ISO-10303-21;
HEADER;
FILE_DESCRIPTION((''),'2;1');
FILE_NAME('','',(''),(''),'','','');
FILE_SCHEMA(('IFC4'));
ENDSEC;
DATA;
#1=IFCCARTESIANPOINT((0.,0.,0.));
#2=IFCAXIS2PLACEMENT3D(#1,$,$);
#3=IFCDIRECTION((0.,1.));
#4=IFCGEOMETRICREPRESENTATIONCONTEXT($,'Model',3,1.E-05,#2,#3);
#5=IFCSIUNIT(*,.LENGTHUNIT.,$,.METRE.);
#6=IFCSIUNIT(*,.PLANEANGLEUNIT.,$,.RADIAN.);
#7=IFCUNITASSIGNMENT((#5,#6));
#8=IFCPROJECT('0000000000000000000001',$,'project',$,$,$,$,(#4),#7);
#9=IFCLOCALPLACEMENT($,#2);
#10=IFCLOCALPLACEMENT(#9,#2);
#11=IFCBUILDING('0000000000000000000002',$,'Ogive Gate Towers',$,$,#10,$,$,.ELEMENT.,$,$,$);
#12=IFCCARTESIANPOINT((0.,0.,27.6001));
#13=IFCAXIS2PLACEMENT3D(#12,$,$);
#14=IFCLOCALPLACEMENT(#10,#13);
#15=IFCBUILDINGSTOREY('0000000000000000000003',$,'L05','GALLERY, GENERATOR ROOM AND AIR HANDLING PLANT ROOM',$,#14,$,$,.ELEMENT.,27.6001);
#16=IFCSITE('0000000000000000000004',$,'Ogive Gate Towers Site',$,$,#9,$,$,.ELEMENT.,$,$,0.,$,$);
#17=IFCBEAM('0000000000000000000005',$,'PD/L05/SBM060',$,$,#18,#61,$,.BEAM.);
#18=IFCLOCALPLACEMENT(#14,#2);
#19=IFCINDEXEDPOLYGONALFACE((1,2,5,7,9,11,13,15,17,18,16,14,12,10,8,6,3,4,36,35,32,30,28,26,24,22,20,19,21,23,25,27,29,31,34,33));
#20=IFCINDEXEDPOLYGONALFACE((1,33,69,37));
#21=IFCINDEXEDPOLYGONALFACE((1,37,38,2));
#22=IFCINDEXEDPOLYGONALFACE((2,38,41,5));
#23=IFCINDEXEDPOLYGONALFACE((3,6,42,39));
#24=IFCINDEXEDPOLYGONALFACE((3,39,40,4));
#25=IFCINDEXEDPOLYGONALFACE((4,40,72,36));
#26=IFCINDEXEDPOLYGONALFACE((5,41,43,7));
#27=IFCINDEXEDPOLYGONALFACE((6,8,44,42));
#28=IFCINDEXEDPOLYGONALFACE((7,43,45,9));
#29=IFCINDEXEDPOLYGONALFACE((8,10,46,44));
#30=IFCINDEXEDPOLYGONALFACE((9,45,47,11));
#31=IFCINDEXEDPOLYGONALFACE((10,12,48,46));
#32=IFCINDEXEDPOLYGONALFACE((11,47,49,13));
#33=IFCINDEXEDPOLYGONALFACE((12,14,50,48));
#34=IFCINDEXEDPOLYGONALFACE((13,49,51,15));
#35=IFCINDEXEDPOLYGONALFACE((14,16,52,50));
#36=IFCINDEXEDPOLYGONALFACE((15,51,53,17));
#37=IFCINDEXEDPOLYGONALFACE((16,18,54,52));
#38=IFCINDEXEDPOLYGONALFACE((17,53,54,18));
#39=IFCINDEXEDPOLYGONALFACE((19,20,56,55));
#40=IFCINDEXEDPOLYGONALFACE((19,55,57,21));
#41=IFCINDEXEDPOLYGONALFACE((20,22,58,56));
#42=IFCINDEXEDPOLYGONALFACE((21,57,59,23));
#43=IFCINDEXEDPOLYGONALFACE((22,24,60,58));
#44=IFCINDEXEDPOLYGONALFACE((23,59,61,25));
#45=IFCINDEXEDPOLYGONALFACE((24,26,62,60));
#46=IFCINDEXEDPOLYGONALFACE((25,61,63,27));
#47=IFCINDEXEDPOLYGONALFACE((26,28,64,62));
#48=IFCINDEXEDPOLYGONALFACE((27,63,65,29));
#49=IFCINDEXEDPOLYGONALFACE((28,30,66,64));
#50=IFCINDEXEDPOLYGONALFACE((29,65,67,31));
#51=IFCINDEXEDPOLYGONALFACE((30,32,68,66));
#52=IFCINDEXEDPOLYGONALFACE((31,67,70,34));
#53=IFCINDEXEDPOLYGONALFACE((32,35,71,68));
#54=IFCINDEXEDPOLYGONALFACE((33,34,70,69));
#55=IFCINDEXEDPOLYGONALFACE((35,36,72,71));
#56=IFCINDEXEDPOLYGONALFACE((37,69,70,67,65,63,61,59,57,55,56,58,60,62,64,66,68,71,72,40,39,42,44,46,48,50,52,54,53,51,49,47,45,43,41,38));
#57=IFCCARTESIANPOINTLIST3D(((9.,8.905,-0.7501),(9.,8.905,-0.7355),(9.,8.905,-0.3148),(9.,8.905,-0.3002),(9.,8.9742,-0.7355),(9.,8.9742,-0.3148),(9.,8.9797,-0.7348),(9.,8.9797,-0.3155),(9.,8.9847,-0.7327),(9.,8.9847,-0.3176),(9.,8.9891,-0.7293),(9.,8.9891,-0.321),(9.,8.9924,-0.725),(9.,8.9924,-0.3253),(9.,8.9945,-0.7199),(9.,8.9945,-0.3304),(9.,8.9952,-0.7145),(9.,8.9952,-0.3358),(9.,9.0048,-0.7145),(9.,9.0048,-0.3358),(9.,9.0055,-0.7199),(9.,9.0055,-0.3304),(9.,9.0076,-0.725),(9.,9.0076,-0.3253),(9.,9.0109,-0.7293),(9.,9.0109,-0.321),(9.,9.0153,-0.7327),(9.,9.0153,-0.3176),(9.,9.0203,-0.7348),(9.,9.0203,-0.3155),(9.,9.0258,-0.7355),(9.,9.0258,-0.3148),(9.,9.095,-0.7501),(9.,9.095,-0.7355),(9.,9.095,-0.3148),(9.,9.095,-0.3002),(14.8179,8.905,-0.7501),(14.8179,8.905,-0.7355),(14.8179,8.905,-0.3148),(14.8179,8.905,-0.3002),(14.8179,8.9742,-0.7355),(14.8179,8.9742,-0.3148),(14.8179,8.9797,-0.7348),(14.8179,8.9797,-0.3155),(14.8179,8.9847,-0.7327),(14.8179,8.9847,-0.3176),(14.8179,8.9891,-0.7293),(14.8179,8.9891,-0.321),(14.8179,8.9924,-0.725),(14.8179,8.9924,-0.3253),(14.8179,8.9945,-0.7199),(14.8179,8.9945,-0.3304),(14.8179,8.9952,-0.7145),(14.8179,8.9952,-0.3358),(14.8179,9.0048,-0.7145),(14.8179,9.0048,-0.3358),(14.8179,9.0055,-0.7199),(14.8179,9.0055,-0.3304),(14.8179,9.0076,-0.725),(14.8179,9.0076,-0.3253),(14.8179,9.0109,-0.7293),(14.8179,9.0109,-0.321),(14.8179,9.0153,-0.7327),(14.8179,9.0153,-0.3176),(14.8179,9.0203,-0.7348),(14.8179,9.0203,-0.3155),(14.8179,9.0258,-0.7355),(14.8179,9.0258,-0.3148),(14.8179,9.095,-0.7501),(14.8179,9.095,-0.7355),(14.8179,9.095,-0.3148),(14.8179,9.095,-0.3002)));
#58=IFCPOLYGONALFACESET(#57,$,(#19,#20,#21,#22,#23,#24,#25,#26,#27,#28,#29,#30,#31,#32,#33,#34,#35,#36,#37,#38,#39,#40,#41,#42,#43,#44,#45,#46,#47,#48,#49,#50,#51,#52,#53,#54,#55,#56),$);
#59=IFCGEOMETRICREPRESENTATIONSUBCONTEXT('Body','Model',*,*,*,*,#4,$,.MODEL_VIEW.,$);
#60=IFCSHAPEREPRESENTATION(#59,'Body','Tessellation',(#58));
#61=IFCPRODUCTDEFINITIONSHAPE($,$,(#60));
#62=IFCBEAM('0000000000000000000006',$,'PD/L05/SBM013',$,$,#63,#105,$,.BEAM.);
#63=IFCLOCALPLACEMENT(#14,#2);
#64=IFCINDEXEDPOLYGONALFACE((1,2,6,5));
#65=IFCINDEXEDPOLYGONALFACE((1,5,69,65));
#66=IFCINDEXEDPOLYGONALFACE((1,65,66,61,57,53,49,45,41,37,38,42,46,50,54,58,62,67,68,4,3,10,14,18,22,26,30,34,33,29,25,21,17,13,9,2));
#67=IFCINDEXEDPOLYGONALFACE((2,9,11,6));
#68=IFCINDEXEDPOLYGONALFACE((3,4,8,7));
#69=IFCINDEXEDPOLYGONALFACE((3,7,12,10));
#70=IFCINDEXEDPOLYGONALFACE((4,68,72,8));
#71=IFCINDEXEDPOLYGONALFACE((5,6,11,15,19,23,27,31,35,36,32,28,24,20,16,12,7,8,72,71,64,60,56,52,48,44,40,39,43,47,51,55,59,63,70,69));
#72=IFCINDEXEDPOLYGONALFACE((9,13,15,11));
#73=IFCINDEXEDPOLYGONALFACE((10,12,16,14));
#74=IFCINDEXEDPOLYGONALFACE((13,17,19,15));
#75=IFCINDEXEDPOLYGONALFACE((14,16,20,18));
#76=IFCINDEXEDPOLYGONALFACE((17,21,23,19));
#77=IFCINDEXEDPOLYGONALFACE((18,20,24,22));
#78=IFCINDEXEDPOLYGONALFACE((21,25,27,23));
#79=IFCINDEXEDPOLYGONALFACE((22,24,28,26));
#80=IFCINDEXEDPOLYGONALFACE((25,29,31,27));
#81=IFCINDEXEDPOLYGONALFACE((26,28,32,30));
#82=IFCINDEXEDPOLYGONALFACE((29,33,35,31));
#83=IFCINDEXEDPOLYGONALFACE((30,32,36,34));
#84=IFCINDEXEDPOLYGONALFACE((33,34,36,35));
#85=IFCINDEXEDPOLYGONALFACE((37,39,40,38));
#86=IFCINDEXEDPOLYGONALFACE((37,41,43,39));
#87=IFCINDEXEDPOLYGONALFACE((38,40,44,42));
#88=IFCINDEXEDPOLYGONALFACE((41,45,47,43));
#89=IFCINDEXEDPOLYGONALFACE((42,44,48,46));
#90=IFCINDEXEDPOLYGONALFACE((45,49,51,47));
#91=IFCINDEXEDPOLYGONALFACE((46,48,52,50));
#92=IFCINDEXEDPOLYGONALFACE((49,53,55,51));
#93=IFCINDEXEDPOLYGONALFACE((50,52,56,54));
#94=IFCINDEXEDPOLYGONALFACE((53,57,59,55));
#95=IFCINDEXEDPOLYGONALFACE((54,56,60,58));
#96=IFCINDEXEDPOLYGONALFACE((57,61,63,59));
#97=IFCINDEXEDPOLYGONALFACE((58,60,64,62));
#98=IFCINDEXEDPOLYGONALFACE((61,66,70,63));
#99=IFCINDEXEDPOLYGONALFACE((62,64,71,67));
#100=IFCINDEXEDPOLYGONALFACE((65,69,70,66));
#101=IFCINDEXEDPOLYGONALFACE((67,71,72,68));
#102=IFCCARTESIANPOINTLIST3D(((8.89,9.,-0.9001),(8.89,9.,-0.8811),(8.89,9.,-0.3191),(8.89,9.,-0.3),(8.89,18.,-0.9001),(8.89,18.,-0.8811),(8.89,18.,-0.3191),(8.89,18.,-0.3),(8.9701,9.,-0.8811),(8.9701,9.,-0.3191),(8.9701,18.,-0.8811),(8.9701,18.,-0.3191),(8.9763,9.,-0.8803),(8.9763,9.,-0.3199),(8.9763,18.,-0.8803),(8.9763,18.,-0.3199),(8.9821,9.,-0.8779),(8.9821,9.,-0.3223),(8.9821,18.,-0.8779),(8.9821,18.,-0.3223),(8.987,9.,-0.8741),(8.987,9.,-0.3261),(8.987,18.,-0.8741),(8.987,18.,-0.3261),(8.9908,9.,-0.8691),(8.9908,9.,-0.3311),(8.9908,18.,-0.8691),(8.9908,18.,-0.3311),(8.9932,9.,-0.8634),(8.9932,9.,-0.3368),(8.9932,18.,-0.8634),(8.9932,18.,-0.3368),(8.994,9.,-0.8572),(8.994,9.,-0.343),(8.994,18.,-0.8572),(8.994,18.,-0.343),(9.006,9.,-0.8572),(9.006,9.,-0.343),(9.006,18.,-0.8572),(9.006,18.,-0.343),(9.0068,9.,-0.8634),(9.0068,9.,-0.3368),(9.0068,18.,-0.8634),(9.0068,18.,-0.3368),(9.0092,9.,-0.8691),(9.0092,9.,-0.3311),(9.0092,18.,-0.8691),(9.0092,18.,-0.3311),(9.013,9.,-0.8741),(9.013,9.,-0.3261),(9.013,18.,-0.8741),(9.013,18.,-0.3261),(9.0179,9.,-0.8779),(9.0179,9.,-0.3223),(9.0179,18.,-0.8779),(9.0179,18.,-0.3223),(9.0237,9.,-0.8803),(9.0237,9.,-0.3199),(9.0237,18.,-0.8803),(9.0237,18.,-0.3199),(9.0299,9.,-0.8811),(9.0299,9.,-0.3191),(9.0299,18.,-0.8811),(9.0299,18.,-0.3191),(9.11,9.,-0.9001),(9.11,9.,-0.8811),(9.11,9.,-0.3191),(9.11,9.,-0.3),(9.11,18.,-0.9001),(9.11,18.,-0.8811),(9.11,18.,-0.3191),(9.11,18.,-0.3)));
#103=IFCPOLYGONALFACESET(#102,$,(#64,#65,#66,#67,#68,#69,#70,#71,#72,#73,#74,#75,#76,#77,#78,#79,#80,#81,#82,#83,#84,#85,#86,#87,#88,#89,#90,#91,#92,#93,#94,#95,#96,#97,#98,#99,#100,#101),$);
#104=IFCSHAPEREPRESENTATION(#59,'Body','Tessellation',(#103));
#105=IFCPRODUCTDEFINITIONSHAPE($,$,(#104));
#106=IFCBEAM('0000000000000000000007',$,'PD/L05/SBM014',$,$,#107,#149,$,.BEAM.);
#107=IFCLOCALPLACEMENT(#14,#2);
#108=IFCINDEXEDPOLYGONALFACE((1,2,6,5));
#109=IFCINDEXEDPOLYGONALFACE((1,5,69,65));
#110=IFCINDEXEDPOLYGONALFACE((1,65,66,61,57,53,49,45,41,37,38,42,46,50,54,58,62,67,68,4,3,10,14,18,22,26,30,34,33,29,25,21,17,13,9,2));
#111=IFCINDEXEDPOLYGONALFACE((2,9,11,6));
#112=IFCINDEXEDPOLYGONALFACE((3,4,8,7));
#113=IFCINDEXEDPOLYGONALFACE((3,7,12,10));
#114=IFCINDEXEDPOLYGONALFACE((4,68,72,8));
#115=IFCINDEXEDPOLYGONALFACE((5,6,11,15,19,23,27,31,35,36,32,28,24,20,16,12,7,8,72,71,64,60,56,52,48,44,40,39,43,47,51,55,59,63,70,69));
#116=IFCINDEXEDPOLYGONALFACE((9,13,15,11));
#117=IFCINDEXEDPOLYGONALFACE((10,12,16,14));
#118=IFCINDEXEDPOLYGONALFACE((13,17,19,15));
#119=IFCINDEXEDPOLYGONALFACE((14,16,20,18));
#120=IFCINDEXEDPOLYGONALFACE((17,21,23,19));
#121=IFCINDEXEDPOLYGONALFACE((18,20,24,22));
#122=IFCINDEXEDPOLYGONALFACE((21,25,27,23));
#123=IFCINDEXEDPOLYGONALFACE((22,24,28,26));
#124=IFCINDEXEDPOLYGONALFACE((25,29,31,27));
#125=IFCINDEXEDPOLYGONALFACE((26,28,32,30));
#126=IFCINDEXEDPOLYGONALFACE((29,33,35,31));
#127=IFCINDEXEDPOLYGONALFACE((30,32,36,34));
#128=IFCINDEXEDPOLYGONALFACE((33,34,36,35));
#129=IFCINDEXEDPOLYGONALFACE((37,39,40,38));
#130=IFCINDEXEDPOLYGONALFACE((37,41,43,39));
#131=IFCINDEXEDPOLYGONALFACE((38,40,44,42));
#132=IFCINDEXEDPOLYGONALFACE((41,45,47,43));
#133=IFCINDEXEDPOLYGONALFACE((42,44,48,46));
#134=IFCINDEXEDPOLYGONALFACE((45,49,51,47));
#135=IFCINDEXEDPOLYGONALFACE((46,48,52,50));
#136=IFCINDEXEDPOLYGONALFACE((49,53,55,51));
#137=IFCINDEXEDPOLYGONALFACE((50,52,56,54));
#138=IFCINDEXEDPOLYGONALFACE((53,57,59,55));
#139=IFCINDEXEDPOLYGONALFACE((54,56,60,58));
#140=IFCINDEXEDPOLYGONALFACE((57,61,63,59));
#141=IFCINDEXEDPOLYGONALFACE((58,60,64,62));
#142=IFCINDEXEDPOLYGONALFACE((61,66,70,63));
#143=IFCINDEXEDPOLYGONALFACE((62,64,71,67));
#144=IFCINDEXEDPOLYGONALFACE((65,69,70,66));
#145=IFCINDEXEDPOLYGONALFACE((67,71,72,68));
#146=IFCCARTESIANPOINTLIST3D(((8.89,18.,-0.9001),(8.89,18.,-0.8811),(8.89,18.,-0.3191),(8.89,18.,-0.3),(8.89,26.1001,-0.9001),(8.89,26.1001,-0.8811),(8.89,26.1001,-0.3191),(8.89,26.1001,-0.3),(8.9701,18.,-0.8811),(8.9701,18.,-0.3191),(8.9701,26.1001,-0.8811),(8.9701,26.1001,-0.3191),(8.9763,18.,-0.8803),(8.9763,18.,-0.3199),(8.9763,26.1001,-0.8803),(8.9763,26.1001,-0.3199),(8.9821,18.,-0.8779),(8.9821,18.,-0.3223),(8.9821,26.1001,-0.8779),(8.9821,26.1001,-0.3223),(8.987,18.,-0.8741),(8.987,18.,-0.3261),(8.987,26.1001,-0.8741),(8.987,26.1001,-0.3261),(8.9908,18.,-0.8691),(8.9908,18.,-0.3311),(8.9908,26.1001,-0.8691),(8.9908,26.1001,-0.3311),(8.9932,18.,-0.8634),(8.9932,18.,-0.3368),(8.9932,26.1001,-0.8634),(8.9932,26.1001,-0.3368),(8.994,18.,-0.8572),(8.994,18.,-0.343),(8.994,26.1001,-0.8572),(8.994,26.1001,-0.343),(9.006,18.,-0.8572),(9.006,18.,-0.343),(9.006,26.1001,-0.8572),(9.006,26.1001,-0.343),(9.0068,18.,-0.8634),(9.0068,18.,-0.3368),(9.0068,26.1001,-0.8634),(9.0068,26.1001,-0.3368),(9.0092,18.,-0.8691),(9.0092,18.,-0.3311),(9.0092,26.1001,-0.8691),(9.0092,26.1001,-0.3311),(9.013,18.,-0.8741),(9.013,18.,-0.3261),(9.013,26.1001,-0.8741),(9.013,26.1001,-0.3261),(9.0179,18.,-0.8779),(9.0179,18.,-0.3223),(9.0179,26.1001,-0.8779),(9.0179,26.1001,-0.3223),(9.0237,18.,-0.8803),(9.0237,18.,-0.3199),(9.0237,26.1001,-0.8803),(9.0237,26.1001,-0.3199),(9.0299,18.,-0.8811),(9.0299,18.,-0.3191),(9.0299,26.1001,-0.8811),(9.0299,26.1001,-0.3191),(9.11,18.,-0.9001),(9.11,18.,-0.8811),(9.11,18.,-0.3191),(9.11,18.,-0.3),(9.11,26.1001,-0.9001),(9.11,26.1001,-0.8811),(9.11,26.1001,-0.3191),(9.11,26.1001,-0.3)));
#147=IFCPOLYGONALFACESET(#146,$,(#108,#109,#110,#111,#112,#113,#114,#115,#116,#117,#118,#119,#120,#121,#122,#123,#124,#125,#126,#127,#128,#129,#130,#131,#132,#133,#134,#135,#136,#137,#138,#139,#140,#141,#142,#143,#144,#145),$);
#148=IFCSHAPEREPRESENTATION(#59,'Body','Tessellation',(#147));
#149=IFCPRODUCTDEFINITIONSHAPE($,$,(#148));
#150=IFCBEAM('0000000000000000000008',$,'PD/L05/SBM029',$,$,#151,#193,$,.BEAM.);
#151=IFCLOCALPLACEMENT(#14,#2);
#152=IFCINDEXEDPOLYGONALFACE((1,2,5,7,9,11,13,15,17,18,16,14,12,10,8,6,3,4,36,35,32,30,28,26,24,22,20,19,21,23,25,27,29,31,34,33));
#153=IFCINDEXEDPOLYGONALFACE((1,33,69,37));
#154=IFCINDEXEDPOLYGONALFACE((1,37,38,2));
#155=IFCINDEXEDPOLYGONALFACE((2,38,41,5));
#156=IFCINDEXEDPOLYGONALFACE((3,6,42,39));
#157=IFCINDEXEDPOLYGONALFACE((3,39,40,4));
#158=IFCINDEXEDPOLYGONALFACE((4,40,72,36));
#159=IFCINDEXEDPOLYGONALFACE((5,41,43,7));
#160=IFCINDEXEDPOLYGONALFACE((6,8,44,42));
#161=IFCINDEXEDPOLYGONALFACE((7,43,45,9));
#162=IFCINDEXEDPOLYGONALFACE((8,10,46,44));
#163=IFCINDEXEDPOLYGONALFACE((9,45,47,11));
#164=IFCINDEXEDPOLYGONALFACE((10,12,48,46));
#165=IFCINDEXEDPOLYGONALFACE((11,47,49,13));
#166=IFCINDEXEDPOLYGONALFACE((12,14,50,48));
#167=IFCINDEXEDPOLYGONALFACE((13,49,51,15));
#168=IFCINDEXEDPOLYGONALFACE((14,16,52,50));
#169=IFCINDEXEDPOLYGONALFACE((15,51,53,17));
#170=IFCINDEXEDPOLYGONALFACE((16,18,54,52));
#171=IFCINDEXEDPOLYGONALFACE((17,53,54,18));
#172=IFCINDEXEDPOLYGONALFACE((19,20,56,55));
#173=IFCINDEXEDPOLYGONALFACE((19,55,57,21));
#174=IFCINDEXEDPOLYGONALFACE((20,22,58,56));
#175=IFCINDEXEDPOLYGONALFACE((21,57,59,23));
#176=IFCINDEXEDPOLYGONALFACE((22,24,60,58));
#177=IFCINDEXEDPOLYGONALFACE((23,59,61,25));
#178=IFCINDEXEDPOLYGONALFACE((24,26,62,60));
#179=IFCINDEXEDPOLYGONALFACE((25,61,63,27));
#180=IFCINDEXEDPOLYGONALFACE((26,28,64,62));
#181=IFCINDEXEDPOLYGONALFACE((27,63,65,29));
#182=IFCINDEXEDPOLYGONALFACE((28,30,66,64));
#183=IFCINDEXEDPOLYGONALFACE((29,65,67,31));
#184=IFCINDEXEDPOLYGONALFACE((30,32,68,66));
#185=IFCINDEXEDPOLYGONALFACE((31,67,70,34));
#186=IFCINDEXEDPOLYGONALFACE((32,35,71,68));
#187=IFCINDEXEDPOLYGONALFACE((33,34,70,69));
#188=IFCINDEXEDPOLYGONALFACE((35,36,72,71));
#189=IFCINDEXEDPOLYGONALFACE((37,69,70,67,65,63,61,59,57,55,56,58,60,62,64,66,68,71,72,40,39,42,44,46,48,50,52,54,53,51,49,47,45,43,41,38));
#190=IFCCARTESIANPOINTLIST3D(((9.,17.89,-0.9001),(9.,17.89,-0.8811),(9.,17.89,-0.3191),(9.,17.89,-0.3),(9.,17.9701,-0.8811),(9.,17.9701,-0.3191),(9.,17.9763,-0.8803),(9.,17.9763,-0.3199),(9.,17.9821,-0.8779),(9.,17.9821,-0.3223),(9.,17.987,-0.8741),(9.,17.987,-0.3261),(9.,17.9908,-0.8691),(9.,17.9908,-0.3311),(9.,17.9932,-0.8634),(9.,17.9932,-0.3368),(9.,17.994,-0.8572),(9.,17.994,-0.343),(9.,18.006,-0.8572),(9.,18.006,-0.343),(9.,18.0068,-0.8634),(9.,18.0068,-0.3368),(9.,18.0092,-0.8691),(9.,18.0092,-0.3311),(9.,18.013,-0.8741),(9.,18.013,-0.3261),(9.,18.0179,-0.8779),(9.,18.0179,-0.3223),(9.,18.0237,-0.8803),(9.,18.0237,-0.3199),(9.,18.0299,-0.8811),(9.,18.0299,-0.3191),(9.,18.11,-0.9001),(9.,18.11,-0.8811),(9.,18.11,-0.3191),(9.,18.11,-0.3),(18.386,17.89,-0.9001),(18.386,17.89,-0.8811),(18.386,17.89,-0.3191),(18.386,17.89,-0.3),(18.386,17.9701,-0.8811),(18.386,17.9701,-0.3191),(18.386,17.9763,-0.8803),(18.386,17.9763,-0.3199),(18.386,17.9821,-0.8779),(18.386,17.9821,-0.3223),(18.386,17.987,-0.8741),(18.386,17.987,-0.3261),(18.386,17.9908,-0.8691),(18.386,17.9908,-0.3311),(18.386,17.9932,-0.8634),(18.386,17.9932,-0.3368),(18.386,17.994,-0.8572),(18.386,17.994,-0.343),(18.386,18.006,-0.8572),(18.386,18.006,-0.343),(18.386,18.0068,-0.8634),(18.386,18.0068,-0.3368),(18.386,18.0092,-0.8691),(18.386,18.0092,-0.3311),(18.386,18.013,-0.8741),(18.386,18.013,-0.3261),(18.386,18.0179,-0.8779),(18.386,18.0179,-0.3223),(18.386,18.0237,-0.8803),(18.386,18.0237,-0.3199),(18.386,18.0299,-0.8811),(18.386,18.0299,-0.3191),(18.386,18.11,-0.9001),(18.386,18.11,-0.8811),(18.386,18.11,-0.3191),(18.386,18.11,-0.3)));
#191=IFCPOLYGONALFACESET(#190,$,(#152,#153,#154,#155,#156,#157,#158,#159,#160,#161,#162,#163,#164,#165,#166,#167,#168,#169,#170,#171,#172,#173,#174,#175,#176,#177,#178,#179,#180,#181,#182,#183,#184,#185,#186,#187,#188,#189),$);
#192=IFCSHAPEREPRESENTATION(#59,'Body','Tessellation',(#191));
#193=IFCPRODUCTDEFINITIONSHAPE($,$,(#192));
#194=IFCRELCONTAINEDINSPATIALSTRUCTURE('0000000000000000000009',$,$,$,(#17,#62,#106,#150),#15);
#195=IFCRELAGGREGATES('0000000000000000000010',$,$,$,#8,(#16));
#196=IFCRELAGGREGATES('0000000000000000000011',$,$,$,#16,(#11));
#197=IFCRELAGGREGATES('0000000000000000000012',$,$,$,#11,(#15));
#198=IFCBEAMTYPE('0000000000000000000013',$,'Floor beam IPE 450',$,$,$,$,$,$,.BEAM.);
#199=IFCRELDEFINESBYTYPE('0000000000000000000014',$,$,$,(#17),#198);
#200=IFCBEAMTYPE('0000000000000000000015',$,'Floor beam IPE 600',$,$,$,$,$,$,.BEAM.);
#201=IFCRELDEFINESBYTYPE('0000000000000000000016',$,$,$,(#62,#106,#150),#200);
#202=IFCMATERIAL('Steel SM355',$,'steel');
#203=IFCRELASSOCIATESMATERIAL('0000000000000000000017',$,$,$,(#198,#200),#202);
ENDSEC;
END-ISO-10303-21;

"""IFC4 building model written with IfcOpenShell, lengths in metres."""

from ifc_helpers import new_model, si_unit, direction, frame, origin, origin_2d, place, context, subcontext, project, spatial, i_section, extrude, material, material_profile, profile_set, type_object, element, save


model = new_model("IFC4")

# Units and contexts
model_context = context("Model", 3, precision=1e-05, world=origin(), true_north=direction((0.0, 1.0)))
body_context = subcontext(model_context, "Body", "Model", "MODEL_VIEW")
ifc_project = project(units=[si_unit("LENGTHUNIT", "METRE"), si_unit("PLANEANGLEUNIT", "RADIAN")], contexts=[model_context])

# Site, building, storey
site_placement = place(None, origin())
site = spatial("IfcSite", under=ifc_project, at=site_placement, Name="Ogive Gate Towers Site", CompositionType="ELEMENT", RefElevation=0.0)
building_placement = place(site_placement, origin())
building = spatial("IfcBuilding", under=site, at=building_placement, Name="Ogive Gate Towers", CompositionType="ELEMENT")
storey_placement = place(building_placement, frame((0.0, 0.0, 27.6001)))
storey = spatial("IfcBuildingStorey", under=building, at=storey_placement, Name="L05", Description="GALLERY, GENERATOR ROOM AND AIR HANDLING PLANT ROOM", CompositionType="ELEMENT", Elevation=27.6001)

# Beams
ifc_material_1 = material(Name="Steel SM355", Category="steel")
ifc_material_profile_1 = material_profile(ifc_material_1, i_section(OverallWidth=0.1899, OverallDepth=0.45, WebThickness=0.0095, FlangeThickness=0.0146, FilletRadius=0.021, at=origin_2d()), Name="IPE 450")
ifc_profile_set_1 = profile_set([ifc_material_profile_1], Name="Steel SM355")
beam_type_1 = type_object("IfcBeamType", Name="Floor beam IPE 450", PredefinedType="BEAM", material=ifc_profile_set_1)
beam_1_placement = place(storey_placement, frame((9.0, 9.0, -0.5251), z_axis=(1.0, 0.0, 0.0), x_axis=(0.0, 1.0, 0.0)))
element("IfcBeam", 1, at=beam_1_placement, inside=storey, type_object=beam_type_1, Name="PD/L05/SBM060", PredefinedType="BEAM", context=body_context, shape_type="SweptSolid", body=[
    extrude(i_section(OverallWidth=0.1899, OverallDepth=0.45, WebThickness=0.0095, FlangeThickness=0.0146, FilletRadius=0.021, at=origin_2d()), origin(), (0.0, 0.0, 1.0), 5.8179),
])
ifc_material_profile_2 = material_profile(ifc_material_1, i_section(OverallWidth=0.22, OverallDepth=0.6001, WebThickness=0.012, FlangeThickness=0.019, FilletRadius=0.0239, at=origin_2d()), Name="IPE 600")
ifc_profile_set_2 = profile_set([ifc_material_profile_2], Name="Steel SM355")
beam_type_2 = type_object("IfcBeamType", Name="Floor beam IPE 600", PredefinedType="BEAM", material=ifc_profile_set_2)
beam_2_placement = place(storey_placement, frame((9.0, 9.0, -0.6001), z_axis=(0.0, 1.0, 0.0), x_axis=(-1.0, 0.0, 0.0)))
element("IfcBeam", 2, at=beam_2_placement, inside=storey, type_object=beam_type_2, Name="PD/L05/SBM013", PredefinedType="BEAM", context=body_context, shape_type="SweptSolid", body=[
    extrude(i_section(OverallWidth=0.22, OverallDepth=0.6001, WebThickness=0.012, FlangeThickness=0.019, FilletRadius=0.0239, at=origin_2d()), origin(), (0.0, 0.0, 1.0), 9.0),
])
beam_3_placement = place(storey_placement, frame((9.0, 18.0, -0.6001), z_axis=(0.0, 1.0, 0.0), x_axis=(-1.0, 0.0, 0.0)))
element("IfcBeam", 3, at=beam_3_placement, inside=storey, type_object=beam_type_2, Name="PD/L05/SBM014", PredefinedType="BEAM", context=body_context, shape_type="SweptSolid", body=[
    extrude(i_section(OverallWidth=0.22, OverallDepth=0.6001, WebThickness=0.012, FlangeThickness=0.019, FilletRadius=0.0239, at=origin_2d()), origin(), (0.0, 0.0, 1.0), 8.1001),
])
beam_4_placement = place(storey_placement, frame((9.0, 18.0, -0.6001), z_axis=(1.0, 0.0, 0.0), x_axis=(0.0, 1.0, 0.0)))
element("IfcBeam", 4, at=beam_4_placement, inside=storey, type_object=beam_type_2, Name="PD/L05/SBM029", PredefinedType="BEAM", context=body_context, shape_type="SweptSolid", body=[
    extrude(i_section(OverallWidth=0.22, OverallDepth=0.6001, WebThickness=0.012, FlangeThickness=0.019, FilletRadius=0.0239, at=origin_2d()), origin(), (0.0, 0.0, 1.0), 9.386),
])

save(model, "model.ifc")
